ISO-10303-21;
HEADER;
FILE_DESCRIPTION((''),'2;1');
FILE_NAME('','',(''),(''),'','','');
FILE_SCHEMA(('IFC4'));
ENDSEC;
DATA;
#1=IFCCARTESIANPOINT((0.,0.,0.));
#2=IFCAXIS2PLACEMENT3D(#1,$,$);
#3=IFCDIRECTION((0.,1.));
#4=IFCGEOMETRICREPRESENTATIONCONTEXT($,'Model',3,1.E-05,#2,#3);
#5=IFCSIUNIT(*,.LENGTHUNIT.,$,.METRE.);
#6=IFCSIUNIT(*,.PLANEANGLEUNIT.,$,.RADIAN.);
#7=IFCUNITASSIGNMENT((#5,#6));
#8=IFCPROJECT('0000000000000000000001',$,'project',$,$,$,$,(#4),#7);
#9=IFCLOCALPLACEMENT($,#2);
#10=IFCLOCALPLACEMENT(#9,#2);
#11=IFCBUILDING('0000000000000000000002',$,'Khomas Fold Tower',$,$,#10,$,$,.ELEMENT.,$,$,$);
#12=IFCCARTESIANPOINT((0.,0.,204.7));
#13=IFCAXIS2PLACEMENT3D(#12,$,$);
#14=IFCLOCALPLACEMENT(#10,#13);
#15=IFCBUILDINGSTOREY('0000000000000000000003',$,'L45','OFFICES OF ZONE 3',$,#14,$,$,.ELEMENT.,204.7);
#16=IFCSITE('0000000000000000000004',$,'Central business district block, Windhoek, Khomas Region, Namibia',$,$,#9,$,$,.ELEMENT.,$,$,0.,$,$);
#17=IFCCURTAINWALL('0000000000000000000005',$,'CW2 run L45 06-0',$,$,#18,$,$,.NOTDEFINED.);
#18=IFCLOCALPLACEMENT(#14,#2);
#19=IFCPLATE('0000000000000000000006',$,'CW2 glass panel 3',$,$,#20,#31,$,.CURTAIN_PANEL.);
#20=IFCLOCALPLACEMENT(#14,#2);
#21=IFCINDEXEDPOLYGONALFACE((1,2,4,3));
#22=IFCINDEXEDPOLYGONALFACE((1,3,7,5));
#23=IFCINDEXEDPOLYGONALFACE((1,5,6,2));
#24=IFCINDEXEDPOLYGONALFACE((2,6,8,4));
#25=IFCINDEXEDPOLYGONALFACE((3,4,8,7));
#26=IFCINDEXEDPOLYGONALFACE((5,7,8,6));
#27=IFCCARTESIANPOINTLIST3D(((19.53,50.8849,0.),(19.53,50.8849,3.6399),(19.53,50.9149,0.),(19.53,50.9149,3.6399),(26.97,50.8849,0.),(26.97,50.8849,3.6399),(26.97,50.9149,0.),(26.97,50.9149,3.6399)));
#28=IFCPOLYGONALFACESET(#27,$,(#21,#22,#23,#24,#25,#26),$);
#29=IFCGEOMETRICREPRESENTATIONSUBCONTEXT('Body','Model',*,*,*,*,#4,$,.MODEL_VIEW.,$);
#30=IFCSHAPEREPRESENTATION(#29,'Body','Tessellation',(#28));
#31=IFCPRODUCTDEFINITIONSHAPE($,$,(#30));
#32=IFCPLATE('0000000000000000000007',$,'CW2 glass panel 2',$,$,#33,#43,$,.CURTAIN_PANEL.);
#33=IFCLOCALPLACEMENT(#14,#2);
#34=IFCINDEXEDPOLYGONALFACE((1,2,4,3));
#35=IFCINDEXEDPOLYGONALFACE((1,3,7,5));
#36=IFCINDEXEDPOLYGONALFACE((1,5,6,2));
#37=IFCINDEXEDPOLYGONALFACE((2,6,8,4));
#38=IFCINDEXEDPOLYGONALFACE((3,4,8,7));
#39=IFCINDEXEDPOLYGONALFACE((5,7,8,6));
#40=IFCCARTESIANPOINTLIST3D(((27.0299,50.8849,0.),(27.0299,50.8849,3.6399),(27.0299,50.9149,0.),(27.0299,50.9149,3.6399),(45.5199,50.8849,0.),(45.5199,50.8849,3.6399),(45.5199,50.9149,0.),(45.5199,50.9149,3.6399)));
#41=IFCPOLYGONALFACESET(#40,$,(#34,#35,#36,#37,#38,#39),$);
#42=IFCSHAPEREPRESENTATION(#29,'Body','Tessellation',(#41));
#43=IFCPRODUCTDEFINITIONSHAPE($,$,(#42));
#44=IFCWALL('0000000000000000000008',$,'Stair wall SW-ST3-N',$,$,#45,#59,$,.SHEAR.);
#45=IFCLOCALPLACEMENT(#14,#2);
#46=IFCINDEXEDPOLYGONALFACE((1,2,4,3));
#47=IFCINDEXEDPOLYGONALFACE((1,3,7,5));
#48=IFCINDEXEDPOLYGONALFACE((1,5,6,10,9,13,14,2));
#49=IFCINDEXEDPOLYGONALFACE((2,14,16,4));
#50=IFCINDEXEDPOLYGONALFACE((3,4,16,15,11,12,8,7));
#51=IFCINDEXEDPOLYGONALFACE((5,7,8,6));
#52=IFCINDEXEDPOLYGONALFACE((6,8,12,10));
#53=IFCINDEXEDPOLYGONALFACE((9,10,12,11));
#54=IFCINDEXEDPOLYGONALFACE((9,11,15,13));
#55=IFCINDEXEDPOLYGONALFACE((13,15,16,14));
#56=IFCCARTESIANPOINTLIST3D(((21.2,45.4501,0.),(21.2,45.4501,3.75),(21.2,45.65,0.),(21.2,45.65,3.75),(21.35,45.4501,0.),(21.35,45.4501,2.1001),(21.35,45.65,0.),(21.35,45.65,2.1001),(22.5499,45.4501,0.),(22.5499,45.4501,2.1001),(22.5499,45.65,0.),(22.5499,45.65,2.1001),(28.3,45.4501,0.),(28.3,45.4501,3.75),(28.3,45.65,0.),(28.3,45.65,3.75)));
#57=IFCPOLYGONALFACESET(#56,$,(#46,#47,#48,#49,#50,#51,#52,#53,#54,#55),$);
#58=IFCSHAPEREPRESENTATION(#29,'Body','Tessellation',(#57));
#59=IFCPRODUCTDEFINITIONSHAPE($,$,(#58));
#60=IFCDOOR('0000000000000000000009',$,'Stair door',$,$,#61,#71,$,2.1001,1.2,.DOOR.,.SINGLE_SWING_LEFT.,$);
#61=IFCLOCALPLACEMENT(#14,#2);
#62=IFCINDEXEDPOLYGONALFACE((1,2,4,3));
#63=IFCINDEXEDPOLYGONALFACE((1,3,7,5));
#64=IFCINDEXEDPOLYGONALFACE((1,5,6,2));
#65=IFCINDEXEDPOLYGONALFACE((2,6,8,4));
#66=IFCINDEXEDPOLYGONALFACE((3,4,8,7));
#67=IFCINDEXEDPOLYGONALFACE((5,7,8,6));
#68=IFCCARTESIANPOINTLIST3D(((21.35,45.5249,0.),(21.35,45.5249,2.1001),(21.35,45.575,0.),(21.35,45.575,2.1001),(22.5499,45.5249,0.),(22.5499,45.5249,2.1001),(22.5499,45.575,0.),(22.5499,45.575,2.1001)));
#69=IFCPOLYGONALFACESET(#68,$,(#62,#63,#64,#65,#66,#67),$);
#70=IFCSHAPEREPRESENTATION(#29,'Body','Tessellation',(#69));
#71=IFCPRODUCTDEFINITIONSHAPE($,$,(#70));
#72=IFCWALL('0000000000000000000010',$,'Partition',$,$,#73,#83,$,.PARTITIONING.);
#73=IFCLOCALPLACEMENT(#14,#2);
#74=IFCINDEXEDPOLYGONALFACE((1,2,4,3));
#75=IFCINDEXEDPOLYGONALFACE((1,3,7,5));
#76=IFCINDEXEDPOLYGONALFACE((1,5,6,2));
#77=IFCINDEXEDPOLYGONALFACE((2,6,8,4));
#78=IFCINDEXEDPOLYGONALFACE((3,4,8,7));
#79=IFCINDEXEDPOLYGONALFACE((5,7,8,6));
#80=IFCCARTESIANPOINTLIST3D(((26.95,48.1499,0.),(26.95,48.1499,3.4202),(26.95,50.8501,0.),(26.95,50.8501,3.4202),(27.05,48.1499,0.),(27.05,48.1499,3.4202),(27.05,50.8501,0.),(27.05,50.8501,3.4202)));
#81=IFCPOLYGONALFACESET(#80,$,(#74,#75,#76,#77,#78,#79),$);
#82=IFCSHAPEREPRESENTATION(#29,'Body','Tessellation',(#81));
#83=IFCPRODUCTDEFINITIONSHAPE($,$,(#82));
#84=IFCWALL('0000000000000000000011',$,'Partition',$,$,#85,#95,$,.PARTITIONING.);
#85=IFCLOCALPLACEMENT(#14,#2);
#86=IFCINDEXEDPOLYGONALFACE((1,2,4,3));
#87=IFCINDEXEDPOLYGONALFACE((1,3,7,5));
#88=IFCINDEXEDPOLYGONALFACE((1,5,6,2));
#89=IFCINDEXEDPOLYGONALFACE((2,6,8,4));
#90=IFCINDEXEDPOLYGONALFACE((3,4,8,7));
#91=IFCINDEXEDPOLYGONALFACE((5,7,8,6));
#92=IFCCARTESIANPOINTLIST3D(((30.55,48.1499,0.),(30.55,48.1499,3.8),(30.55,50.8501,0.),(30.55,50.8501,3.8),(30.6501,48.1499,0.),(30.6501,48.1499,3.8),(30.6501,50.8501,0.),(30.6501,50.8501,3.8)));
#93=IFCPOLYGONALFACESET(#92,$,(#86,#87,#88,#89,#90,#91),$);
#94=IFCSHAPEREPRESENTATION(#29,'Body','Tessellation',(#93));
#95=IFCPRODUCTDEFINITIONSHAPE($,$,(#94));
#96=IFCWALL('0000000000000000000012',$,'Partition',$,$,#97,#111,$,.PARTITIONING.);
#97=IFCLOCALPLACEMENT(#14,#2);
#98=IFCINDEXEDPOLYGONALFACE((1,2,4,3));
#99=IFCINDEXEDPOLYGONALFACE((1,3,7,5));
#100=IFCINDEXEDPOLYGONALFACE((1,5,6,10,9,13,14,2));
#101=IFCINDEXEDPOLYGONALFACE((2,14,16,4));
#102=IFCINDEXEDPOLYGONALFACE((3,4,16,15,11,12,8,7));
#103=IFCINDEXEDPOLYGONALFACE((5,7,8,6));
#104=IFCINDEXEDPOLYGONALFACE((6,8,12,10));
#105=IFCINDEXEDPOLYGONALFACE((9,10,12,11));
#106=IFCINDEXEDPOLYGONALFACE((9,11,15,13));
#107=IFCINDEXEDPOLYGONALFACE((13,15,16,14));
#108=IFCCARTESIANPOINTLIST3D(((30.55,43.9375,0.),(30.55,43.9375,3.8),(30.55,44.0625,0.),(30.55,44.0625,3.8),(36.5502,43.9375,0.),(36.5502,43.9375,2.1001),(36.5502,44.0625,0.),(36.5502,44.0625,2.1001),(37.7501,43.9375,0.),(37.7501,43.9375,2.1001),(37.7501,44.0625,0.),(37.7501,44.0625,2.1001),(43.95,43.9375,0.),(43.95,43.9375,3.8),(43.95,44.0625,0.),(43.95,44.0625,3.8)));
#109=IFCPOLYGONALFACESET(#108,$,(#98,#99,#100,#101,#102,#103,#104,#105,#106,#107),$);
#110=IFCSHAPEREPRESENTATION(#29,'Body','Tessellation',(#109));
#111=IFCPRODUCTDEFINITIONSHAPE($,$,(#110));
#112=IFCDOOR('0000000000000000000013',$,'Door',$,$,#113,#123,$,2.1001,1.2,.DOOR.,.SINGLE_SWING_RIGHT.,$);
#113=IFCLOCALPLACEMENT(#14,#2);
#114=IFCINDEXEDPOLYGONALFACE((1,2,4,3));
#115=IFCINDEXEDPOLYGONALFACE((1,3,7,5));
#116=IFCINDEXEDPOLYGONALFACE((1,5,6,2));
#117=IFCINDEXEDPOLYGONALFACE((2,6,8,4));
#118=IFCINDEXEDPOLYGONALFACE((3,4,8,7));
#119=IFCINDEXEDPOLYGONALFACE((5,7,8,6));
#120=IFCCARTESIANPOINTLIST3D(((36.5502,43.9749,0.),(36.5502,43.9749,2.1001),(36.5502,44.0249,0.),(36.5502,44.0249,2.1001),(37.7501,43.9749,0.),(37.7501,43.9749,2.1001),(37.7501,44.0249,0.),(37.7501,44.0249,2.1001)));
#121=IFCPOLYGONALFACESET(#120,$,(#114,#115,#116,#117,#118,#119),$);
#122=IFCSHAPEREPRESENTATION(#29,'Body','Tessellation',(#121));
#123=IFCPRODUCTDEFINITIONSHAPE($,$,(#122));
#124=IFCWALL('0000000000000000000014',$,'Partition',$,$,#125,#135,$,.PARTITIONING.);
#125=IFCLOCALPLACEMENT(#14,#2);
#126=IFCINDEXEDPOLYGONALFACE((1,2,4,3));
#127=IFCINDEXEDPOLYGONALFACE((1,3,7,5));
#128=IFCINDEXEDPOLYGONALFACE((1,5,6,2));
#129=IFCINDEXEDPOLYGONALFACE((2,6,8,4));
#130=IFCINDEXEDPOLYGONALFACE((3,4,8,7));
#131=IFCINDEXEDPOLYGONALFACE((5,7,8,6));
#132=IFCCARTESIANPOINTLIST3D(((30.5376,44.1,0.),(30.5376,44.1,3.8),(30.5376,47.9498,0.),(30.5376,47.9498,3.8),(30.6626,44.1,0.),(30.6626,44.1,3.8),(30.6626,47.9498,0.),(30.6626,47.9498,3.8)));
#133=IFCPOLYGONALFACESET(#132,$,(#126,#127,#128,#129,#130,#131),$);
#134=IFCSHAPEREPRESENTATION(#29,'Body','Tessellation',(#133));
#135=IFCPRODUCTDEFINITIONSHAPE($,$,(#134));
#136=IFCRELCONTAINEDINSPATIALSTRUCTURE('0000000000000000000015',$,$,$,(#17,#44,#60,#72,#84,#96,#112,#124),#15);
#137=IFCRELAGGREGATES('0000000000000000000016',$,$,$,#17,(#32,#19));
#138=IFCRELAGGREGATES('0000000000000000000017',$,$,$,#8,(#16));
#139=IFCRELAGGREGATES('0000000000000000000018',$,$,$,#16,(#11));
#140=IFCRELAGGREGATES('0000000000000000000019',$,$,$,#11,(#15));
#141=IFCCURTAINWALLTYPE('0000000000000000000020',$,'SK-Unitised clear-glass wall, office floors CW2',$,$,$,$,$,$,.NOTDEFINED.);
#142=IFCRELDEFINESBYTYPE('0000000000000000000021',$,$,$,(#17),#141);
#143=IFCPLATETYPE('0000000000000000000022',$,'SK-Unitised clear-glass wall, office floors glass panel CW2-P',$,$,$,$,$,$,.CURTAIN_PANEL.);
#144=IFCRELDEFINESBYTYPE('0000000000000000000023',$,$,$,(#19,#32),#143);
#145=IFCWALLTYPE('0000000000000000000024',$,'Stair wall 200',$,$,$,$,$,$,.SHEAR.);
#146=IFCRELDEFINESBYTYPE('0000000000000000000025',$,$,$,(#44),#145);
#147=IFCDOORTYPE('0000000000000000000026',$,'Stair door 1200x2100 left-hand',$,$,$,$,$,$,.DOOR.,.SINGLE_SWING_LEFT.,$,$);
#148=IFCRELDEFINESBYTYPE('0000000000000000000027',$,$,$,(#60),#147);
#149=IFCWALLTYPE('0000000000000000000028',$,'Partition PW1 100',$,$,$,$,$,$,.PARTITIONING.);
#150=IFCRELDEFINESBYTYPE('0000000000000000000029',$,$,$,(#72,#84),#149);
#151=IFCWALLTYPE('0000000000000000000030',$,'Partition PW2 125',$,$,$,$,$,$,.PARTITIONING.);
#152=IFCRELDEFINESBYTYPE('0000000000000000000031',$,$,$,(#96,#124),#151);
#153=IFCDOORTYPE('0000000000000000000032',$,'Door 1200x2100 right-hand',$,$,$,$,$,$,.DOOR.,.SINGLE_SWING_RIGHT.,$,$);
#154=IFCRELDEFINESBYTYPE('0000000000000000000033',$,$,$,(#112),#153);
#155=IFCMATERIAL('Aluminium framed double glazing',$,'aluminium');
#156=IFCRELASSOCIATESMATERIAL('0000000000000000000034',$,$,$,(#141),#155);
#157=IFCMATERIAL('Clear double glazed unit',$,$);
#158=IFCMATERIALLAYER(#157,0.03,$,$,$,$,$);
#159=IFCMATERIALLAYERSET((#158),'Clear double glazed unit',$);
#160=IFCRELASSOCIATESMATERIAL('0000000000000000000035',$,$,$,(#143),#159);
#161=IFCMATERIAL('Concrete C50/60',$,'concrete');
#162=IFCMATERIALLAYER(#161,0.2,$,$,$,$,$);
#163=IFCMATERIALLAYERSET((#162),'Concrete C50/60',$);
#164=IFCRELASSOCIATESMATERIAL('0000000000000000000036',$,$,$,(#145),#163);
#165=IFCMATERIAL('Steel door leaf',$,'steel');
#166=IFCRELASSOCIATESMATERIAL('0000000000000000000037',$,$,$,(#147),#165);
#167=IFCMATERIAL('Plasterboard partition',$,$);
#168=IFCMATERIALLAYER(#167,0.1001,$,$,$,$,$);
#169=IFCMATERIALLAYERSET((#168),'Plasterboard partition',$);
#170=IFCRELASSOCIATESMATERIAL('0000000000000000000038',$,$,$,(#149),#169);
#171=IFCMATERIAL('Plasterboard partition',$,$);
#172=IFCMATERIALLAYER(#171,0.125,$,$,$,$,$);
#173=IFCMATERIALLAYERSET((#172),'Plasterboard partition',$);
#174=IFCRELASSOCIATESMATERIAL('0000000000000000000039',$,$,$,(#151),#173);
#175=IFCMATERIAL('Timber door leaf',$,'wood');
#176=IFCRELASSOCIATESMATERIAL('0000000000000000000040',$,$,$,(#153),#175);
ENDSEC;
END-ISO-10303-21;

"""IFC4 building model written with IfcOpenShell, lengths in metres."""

from ifc_helpers import new_model, si_unit, direction, frame, frame_2d, origin, origin_2d, place, context, subcontext, project, spatial, rectangle, extrude, source, transform, mapped, material, layer, layer_set, type_object, element, fill, aggregate, save


model = new_model("IFC4")

# Units and contexts
model_context = context("Model", 3, precision=1e-05, world=origin(), true_north=direction((0.0, 1.0)))
body_context = subcontext(model_context, "Body", "Model", "MODEL_VIEW")
ifc_project = project(units=[si_unit("LENGTHUNIT", "METRE"), si_unit("PLANEANGLEUNIT", "RADIAN")], contexts=[model_context])

# Site, building, storey
site_placement = place(None, origin())
site = spatial("IfcSite", under=ifc_project, at=site_placement, Name="Central business district block, Windhoek, Khomas Region, Namibia", CompositionType="ELEMENT", RefElevation=0.0)
building_placement = place(site_placement, origin())
building = spatial("IfcBuilding", under=site, at=building_placement, Name="Khomas Fold Tower", CompositionType="ELEMENT")
storey_placement = place(building_placement, frame((0.0, 0.0, 204.7)))
storey = spatial("IfcBuildingStorey", under=building, at=storey_placement, Name="L45", Description="OFFICES OF ZONE 3", CompositionType="ELEMENT", Elevation=204.7)

# Curtain wall, plates
ifc_material_1 = material(Name="Aluminium framed double glazing", Category="aluminium")
curtain_wall_type = type_object("IfcCurtainWallType", Name="SK-Unitised clear-glass wall, office floors CW2", PredefinedType="NOTDEFINED", material=ifc_material_1)
curtain_wall_placement = place(storey_placement, origin())
curtain_wall = element("IfcCurtainWall", 1, at=curtain_wall_placement, inside=storey, type_object=curtain_wall_type, Name="CW2 run L45 06-0", PredefinedType="NOTDEFINED")
ifc_material_2 = material(Name="Clear double glazed unit")
ifc_layer_1 = layer(ifc_material_2, 0.03)
ifc_layer_set_1 = layer_set([ifc_layer_1], Name="Clear double glazed unit")
plate_type = type_object("IfcPlateType", Name="SK-Unitised clear-glass wall, office floors glass panel CW2-P", PredefinedType="CURTAIN_PANEL", material=ifc_layer_set_1)
shared_shape_1 = source(origin(), body_context, "Body", "SweptSolid", [
    extrude(rectangle(XDim=7.4399, YDim=0.03, at=origin_2d()), origin(), (0.0, 0.0, 1.0), 3.6399),
])
plate_1_placement = place(storey_placement, frame((23.25, 50.8999, 0.0), z_axis=(0.0, 0.0, 1.0), x_axis=(-1.0, 0.0, 0.0)))
plate_1 = element("IfcPlate", 2, at=plate_1_placement, type_object=plate_type, Name="CW2 glass panel 3", PredefinedType="CURTAIN_PANEL", context=body_context, shape_type="MappedRepresentation", body=[
    mapped(shared_shape_1, transform((0.0, 0.0, 0.0))),
])
shared_shape_2 = source(origin(), body_context, "Body", "SweptSolid", [
    extrude(rectangle(XDim=18.49, YDim=0.03, at=origin_2d()), origin(), (0.0, 0.0, 1.0), 3.6399),
])
plate_2_placement = place(storey_placement, frame((36.2749, 50.8999, 0.0), z_axis=(0.0, 0.0, 1.0), x_axis=(-1.0, 0.0, 0.0)))
plate_2 = element("IfcPlate", 3, at=plate_2_placement, type_object=plate_type, Name="CW2 glass panel 2", PredefinedType="CURTAIN_PANEL", context=body_context, shape_type="MappedRepresentation", body=[
    mapped(shared_shape_2, transform((0.0, 0.0, 0.0))),
])
aggregate(curtain_wall, [plate_2, plate_1])

# Wall, opening, door
ifc_material_3 = material(Name="Concrete C50/60", Category="concrete")
ifc_layer_2 = layer(ifc_material_3, 0.2)
ifc_layer_set_2 = layer_set([ifc_layer_2], Name="Concrete C50/60")
wall_type_1 = type_object("IfcWallType", Name="Stair wall 200", PredefinedType="SHEAR", material=ifc_layer_set_2)
shared_shape_3 = source(origin(), body_context, "Body", "SweptSolid", [
    extrude(rectangle(XDim=7.1001, YDim=0.2, at=frame_2d((3.55, 0.0))), origin(), (0.0, 0.0, 1.0), 3.75),
])
wall_1_placement = place(storey_placement, frame((21.2, 45.55, 0.0), z_axis=(0.0, 0.0, 1.0), x_axis=(1.0, 0.0, 0.0)))
wall_1 = element("IfcWall", 4, at=wall_1_placement, inside=storey, type_object=wall_type_1, Name="Stair wall SW-ST3-N", PredefinedType="SHEAR", context=body_context, shape_type="MappedRepresentation", body=[
    mapped(shared_shape_3, transform((0.0, 0.0, 0.0))),
])
shared_shape_4 = source(origin(), body_context, "Body", "SweptSolid", [
    extrude(rectangle(XDim=1.2, YDim=2.1001, at=frame_2d((0.6001, 1.05))), frame((0.0, 0.1099, 0.0), z_axis=(0.0, -1.0, 0.0), x_axis=(1.0, 0.0, 0.0)), (0.0, 0.0, 1.0), 0.22),
])
opening_1_placement = place(wall_1_placement, frame((0.1499, 0.0, 0.0)))
opening_1 = element("IfcOpeningElement", 5, at=opening_1_placement, cuts=wall_1, PredefinedType="OPENING", context=body_context, shape_type="MappedRepresentation", body=[
    mapped(shared_shape_4, transform((0.0, 0.0, 0.0))),
])
ifc_material_4 = material(Name="Steel door leaf", Category="steel")
door_type_1 = type_object("IfcDoorType", Name="Stair door 1200x2100 left-hand", OperationType="SINGLE_SWING_LEFT", PredefinedType="DOOR", material=ifc_material_4)
shared_shape_5 = source(origin(), body_context, "Body", "SweptSolid", [
    extrude(rectangle(XDim=1.2, YDim=2.1001, at=frame_2d((0.6001, 1.05))), frame((0.0, 0.0249, 0.0), z_axis=(0.0, -1.0, 0.0), x_axis=(1.0, 0.0, 0.0)), (0.0, 0.0, 1.0), 0.05),
])
door_1_placement = place(opening_1_placement, origin())
door_1 = element("IfcDoor", 6, at=door_1_placement, inside=storey, type_object=door_type_1, Name="Stair door", OperationType="SINGLE_SWING_LEFT", OverallHeight=2.1001, OverallWidth=1.2, PredefinedType="DOOR", context=body_context, shape_type="MappedRepresentation", body=[
    mapped(shared_shape_5, transform((0.0, 0.0, 0.0))),
])
fill(opening_1, door_1)

# Walls
ifc_material_5 = material(Name="Plasterboard partition")
ifc_layer_3 = layer(ifc_material_5, 0.1001)
ifc_layer_set_3 = layer_set([ifc_layer_3], Name="Plasterboard partition")
wall_type_2 = type_object("IfcWallType", Name="Partition PW1 100", PredefinedType="PARTITIONING", material=ifc_layer_set_3)
shared_shape_6 = source(origin(), body_context, "Body", "SweptSolid", [
    extrude(rectangle(XDim=2.7002, YDim=0.1001, at=frame_2d((1.3501, 0.0))), origin(), (0.0, 0.0, 1.0), 3.4202),
])
wall_2_placement = place(storey_placement, frame((27.0, 48.1499, 0.0), z_axis=(0.0, 0.0, 1.0), x_axis=(0.0, 1.0, 0.0)))
element("IfcWall", 7, at=wall_2_placement, inside=storey, type_object=wall_type_2, Name="Partition", PredefinedType="PARTITIONING", context=body_context, shape_type="MappedRepresentation", body=[
    mapped(shared_shape_6, transform((0.0, 0.0, 0.0))),
])
shared_shape_7 = source(origin(), body_context, "Body", "SweptSolid", [
    extrude(rectangle(XDim=2.7002, YDim=0.1001, at=frame_2d((1.3501, 0.0))), origin(), (0.0, 0.0, 1.0), 3.8),
])
wall_3_placement = place(storey_placement, frame((30.6001, 48.1499, 0.0), z_axis=(0.0, 0.0, 1.0), x_axis=(0.0, 1.0, 0.0)))
element("IfcWall", 8, at=wall_3_placement, inside=storey, type_object=wall_type_2, Name="Partition", PredefinedType="PARTITIONING", context=body_context, shape_type="MappedRepresentation", body=[
    mapped(shared_shape_7, transform((0.0, 0.0, 0.0))),
])

# Wall, opening, door
ifc_material_6 = material(Name="Plasterboard partition")
ifc_layer_4 = layer(ifc_material_6, 0.125)
ifc_layer_set_4 = layer_set([ifc_layer_4], Name="Plasterboard partition")
wall_type_3 = type_object("IfcWallType", Name="Partition PW2 125", PredefinedType="PARTITIONING", material=ifc_layer_set_4)
shared_shape_8 = source(origin(), body_context, "Body", "SweptSolid", [
    extrude(rectangle(XDim=13.3999, YDim=0.125, at=frame_2d((6.7, 0.0))), origin(), (0.0, 0.0, 1.0), 3.8),
])
wall_4_placement = place(storey_placement, frame((30.55, 44.0, 0.0), z_axis=(0.0, 0.0, 1.0), x_axis=(1.0, 0.0, 0.0)))
wall_4 = element("IfcWall", 9, at=wall_4_placement, inside=storey, type_object=wall_type_3, Name="Partition", PredefinedType="PARTITIONING", context=body_context, shape_type="MappedRepresentation", body=[
    mapped(shared_shape_8, transform((0.0, 0.0, 0.0))),
])
shared_shape_9 = source(origin(), body_context, "Body", "SweptSolid", [
    extrude(rectangle(XDim=1.2, YDim=2.1001, at=frame_2d((0.6001, 1.05))), frame((0.0, 0.0725, 0.0), z_axis=(0.0, -1.0, 0.0), x_axis=(1.0, 0.0, 0.0)), (0.0, 0.0, 1.0), 0.145),
])
opening_2_placement = place(wall_4_placement, frame((6.0, 0.0, 0.0)))
opening_2 = element("IfcOpeningElement", 10, at=opening_2_placement, cuts=wall_4, PredefinedType="OPENING", context=body_context, shape_type="MappedRepresentation", body=[
    mapped(shared_shape_9, transform((0.0, 0.0, 0.0))),
])
ifc_material_7 = material(Name="Timber door leaf", Category="wood")
door_type_2 = type_object("IfcDoorType", Name="Door 1200x2100 right-hand", OperationType="SINGLE_SWING_RIGHT", PredefinedType="DOOR", material=ifc_material_7)
door_2_placement = place(opening_2_placement, origin())
door_2 = element("IfcDoor", 11, at=door_2_placement, inside=storey, type_object=door_type_2, Name="Door", OperationType="SINGLE_SWING_RIGHT", OverallHeight=2.1001, OverallWidth=1.2, PredefinedType="DOOR", context=body_context, shape_type="MappedRepresentation", body=[
    mapped(shared_shape_5, transform((0.0, 0.0, 0.0))),
])
fill(opening_2, door_2)

# Wall
shared_shape_10 = source(origin(), body_context, "Body", "SweptSolid", [
    extrude(rectangle(XDim=3.8499, YDim=0.125, at=frame_2d((1.9248, 0.0))), origin(), (0.0, 0.0, 1.0), 3.8),
])
wall_5_placement = place(storey_placement, frame((30.6001, 44.1001, 0.0), z_axis=(0.0, 0.0, 1.0), x_axis=(0.0, 1.0, 0.0)))
element("IfcWall", 12, at=wall_5_placement, inside=storey, type_object=wall_type_3, Name="Partition", PredefinedType="PARTITIONING", context=body_context, shape_type="MappedRepresentation", body=[
    mapped(shared_shape_10, transform((0.0, 0.0, 0.0))),
])

save(model, "model.ifc")
